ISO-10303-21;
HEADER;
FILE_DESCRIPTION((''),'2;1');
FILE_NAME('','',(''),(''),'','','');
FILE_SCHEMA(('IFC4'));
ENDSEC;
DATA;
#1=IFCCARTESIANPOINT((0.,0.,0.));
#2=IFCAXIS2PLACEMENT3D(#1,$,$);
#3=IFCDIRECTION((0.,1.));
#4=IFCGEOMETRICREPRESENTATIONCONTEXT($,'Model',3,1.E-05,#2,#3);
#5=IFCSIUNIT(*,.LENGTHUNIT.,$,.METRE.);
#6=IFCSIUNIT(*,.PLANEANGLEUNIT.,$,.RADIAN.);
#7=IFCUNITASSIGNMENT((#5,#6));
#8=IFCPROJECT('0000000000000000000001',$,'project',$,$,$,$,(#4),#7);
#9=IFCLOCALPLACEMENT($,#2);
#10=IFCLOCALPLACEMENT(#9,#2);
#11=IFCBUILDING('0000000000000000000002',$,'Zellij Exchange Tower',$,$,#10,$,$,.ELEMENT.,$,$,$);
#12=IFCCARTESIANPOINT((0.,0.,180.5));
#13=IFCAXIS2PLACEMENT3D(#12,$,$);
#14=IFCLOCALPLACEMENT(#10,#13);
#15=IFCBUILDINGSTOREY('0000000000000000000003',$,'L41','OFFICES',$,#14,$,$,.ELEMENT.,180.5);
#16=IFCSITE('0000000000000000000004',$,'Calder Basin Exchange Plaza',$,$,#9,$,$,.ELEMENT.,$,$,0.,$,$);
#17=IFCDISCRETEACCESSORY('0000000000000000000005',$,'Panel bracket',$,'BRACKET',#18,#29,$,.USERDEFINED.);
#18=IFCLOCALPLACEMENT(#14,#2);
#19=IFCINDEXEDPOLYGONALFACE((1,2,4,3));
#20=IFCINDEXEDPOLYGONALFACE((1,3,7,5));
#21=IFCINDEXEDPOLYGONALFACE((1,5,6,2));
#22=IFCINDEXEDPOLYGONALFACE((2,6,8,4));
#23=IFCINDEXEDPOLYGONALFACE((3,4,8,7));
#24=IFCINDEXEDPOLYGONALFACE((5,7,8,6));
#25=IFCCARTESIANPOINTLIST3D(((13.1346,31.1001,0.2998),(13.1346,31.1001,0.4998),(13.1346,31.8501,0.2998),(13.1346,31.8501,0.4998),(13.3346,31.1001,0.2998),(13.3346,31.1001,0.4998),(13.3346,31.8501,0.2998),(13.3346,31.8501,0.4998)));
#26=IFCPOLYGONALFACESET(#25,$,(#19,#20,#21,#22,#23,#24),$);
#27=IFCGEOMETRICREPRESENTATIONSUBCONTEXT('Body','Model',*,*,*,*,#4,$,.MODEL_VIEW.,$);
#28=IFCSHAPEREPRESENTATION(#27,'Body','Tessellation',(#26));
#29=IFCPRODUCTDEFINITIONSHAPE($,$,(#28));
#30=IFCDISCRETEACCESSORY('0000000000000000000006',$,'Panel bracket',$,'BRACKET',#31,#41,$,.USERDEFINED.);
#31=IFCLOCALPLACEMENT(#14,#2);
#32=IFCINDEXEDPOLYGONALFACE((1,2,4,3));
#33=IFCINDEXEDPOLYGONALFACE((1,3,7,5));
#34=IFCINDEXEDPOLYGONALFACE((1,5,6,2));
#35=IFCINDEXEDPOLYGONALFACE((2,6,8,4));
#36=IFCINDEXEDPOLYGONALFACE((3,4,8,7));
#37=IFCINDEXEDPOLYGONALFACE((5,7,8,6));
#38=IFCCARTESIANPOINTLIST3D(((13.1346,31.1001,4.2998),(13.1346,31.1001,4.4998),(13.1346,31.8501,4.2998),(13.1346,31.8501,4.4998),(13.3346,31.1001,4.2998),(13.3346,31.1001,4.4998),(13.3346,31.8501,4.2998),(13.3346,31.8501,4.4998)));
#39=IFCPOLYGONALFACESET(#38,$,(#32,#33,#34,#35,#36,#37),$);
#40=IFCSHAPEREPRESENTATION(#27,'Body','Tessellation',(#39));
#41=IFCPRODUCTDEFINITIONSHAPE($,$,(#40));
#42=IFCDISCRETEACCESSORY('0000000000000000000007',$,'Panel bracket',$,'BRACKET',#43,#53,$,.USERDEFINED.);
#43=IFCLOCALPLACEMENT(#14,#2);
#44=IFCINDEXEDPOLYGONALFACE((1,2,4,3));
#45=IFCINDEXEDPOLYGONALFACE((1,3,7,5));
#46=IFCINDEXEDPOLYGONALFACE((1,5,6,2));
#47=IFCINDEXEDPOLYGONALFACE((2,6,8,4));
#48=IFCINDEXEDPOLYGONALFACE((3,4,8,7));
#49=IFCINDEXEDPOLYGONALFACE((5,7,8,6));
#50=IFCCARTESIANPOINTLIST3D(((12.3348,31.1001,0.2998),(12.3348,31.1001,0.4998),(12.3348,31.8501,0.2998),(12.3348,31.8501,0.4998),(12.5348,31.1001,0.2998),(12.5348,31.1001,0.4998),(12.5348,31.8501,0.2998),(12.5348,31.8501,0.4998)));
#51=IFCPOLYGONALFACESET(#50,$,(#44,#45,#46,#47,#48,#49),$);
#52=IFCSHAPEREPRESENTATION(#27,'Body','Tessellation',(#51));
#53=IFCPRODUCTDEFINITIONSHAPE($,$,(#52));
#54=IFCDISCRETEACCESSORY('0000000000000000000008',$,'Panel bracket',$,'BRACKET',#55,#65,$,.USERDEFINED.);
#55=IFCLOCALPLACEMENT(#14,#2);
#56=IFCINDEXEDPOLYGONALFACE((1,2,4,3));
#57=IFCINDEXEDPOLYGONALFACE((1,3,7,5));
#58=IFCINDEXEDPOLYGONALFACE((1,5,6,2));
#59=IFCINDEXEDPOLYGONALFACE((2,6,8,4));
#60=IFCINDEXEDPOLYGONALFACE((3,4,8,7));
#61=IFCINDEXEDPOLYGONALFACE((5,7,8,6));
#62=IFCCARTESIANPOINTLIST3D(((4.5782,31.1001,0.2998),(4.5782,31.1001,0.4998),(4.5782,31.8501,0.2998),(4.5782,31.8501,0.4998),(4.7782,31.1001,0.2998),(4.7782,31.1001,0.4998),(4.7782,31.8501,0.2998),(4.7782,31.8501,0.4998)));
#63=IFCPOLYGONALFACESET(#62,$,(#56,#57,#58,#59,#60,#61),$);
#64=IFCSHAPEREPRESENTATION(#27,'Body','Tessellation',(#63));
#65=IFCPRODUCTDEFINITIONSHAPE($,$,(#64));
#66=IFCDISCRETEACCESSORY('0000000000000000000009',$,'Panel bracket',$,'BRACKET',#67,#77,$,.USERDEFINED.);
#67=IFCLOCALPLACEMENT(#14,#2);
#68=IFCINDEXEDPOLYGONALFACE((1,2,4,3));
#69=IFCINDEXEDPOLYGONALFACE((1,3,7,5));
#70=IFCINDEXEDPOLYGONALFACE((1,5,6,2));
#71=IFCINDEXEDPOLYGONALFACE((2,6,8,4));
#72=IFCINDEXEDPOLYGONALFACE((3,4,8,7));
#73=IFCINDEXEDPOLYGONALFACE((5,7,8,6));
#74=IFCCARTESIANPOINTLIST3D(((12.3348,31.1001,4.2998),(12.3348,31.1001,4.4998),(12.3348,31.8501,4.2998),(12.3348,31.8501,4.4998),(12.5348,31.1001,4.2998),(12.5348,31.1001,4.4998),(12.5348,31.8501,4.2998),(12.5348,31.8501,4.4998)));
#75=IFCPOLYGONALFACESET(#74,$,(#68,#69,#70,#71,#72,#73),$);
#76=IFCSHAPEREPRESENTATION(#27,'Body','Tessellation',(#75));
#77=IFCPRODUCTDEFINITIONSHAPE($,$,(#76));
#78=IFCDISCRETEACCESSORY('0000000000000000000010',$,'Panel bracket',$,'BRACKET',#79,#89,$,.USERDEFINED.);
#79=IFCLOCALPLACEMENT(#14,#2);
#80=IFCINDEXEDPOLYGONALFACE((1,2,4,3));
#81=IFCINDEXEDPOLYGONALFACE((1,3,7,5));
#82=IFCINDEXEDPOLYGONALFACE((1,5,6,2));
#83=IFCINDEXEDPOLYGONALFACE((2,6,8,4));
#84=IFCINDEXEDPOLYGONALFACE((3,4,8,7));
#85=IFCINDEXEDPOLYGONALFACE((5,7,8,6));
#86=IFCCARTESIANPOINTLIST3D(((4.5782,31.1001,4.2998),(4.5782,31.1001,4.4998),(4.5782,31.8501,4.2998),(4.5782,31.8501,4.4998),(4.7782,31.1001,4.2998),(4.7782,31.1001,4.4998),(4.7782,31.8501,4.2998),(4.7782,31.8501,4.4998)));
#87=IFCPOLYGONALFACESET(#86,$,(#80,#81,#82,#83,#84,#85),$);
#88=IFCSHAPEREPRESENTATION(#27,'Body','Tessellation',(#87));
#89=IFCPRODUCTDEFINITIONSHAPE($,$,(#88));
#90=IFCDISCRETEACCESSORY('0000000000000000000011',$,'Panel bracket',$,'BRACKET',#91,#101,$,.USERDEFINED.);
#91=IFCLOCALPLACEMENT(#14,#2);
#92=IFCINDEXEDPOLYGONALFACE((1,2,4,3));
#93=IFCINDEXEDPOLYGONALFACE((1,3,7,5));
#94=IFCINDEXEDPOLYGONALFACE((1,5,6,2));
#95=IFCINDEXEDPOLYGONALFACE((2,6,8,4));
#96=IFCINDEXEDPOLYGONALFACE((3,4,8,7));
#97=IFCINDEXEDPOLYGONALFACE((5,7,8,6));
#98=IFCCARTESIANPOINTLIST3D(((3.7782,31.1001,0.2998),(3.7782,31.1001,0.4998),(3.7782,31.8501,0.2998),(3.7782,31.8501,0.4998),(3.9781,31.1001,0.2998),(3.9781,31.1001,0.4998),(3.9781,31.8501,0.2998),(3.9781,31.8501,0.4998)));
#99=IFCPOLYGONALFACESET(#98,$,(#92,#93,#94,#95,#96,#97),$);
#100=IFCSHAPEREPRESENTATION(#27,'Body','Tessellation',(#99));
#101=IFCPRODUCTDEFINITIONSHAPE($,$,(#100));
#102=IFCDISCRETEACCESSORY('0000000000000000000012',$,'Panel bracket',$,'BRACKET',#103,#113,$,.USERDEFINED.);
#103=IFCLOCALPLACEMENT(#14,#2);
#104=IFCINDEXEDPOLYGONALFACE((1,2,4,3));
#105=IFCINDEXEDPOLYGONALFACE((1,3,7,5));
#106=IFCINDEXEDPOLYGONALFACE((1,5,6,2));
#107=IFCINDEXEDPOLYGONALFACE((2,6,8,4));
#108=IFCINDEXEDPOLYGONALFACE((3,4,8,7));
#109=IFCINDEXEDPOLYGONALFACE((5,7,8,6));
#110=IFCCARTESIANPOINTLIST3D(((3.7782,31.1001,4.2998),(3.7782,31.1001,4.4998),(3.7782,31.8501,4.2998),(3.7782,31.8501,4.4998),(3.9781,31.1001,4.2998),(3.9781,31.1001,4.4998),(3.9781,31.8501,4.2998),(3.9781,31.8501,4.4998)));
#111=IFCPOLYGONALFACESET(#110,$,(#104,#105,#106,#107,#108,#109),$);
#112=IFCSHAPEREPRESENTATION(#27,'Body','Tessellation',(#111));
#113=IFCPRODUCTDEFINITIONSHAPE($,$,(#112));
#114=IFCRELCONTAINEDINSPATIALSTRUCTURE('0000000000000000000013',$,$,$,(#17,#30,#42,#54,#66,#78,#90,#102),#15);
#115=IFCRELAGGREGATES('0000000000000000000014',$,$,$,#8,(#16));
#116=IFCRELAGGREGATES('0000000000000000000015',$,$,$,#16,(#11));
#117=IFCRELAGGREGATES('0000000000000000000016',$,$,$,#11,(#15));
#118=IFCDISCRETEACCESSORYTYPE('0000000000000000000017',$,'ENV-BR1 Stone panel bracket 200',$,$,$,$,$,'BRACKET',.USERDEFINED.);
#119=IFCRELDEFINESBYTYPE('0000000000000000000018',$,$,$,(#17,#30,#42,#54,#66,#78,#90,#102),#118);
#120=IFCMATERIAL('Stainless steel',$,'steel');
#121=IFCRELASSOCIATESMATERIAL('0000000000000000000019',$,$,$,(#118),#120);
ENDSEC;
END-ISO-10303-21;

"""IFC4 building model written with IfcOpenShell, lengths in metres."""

from ifc_helpers import new_model, si_unit, direction, frame, origin, origin_2d, place, context, subcontext, project, spatial, rectangle, extrude, material, type_object, element, save


model = new_model("IFC4")

# Units and contexts
model_context = context("Model", 3, precision=1e-05, world=origin(), true_north=direction((0.0, 1.0)))
body_context = subcontext(model_context, "Body", "Model", "MODEL_VIEW")
ifc_project = project(units=[si_unit("LENGTHUNIT", "METRE"), si_unit("PLANEANGLEUNIT", "RADIAN")], contexts=[model_context])

# Site, building, storey
site_placement = place(None, origin())
site = spatial("IfcSite", under=ifc_project, at=site_placement, Name="Calder Basin Exchange Plaza", CompositionType="ELEMENT", RefElevation=0.0)
building_placement = place(site_placement, origin())
building = spatial("IfcBuilding", under=site, at=building_placement, Name="Zellij Exchange Tower", CompositionType="ELEMENT")
storey_placement = place(building_placement, frame((0.0, 0.0, 180.5)))
storey = spatial("IfcBuildingStorey", under=building, at=storey_placement, Name="L41", Description="OFFICES", CompositionType="ELEMENT", Elevation=180.5)

# Discrete accessories
ifc_material_1 = material(Name="Stainless steel", Category="steel")
discrete_accessory_type = type_object("IfcDiscreteAccessoryType", Name="ENV-BR1 Stone panel bracket 200", ElementType="BRACKET", PredefinedType="USERDEFINED", material=ifc_material_1)
for number, where, z_axis, x_axis, name in (
    (1, (13.2346, 31.4751, 0.2998), (0.0, 0.0, 1.0), (-1.0, 0.0, 0.0), "Panel bracket"),
    (2, (13.2346, 31.4751, 4.2998), (0.0, 0.0, 1.0), (-1.0, 0.0, 0.0), "Panel bracket"),
    (3, (12.4348, 31.4751, 0.2998), (0.0, 0.0, 1.0), (-1.0, 0.0, 0.0), "Panel bracket"),
    (4, (4.6782, 31.4751, 0.2998), (0.0, 0.0, 1.0), (-1.0, 0.0, 0.0), "Panel bracket"),
    (5, (12.4348, 31.4751, 4.2998), (0.0, 0.0, 1.0), (-1.0, 0.0, 0.0), "Panel bracket"),
    (6, (4.6782, 31.4751, 4.2998), (0.0, 0.0, 1.0), (-1.0, 0.0, 0.0), "Panel bracket"),
    (7, (3.8782, 31.4751, 0.2998), (0.0, 0.0, 1.0), (-1.0, 0.0, 0.0), "Panel bracket"),
    (8, (3.8782, 31.4751, 4.2998), (0.0, 0.0, 1.0), (-1.0, 0.0, 0.0), "Panel bracket"),
):
    element("IfcDiscreteAccessory", number, at=place(storey_placement, frame(where, z_axis=z_axis, x_axis=x_axis)), inside=storey, type_object=discrete_accessory_type, Name=name, ObjectType="BRACKET", PredefinedType="USERDEFINED", context=body_context, shape_type="SweptSolid", body=[
        extrude(rectangle(XDim=0.2, YDim=0.75, at=origin_2d()), origin(), (0.0, 0.0, 1.0), 0.2),
    ])

save(model, "model.ifc")
